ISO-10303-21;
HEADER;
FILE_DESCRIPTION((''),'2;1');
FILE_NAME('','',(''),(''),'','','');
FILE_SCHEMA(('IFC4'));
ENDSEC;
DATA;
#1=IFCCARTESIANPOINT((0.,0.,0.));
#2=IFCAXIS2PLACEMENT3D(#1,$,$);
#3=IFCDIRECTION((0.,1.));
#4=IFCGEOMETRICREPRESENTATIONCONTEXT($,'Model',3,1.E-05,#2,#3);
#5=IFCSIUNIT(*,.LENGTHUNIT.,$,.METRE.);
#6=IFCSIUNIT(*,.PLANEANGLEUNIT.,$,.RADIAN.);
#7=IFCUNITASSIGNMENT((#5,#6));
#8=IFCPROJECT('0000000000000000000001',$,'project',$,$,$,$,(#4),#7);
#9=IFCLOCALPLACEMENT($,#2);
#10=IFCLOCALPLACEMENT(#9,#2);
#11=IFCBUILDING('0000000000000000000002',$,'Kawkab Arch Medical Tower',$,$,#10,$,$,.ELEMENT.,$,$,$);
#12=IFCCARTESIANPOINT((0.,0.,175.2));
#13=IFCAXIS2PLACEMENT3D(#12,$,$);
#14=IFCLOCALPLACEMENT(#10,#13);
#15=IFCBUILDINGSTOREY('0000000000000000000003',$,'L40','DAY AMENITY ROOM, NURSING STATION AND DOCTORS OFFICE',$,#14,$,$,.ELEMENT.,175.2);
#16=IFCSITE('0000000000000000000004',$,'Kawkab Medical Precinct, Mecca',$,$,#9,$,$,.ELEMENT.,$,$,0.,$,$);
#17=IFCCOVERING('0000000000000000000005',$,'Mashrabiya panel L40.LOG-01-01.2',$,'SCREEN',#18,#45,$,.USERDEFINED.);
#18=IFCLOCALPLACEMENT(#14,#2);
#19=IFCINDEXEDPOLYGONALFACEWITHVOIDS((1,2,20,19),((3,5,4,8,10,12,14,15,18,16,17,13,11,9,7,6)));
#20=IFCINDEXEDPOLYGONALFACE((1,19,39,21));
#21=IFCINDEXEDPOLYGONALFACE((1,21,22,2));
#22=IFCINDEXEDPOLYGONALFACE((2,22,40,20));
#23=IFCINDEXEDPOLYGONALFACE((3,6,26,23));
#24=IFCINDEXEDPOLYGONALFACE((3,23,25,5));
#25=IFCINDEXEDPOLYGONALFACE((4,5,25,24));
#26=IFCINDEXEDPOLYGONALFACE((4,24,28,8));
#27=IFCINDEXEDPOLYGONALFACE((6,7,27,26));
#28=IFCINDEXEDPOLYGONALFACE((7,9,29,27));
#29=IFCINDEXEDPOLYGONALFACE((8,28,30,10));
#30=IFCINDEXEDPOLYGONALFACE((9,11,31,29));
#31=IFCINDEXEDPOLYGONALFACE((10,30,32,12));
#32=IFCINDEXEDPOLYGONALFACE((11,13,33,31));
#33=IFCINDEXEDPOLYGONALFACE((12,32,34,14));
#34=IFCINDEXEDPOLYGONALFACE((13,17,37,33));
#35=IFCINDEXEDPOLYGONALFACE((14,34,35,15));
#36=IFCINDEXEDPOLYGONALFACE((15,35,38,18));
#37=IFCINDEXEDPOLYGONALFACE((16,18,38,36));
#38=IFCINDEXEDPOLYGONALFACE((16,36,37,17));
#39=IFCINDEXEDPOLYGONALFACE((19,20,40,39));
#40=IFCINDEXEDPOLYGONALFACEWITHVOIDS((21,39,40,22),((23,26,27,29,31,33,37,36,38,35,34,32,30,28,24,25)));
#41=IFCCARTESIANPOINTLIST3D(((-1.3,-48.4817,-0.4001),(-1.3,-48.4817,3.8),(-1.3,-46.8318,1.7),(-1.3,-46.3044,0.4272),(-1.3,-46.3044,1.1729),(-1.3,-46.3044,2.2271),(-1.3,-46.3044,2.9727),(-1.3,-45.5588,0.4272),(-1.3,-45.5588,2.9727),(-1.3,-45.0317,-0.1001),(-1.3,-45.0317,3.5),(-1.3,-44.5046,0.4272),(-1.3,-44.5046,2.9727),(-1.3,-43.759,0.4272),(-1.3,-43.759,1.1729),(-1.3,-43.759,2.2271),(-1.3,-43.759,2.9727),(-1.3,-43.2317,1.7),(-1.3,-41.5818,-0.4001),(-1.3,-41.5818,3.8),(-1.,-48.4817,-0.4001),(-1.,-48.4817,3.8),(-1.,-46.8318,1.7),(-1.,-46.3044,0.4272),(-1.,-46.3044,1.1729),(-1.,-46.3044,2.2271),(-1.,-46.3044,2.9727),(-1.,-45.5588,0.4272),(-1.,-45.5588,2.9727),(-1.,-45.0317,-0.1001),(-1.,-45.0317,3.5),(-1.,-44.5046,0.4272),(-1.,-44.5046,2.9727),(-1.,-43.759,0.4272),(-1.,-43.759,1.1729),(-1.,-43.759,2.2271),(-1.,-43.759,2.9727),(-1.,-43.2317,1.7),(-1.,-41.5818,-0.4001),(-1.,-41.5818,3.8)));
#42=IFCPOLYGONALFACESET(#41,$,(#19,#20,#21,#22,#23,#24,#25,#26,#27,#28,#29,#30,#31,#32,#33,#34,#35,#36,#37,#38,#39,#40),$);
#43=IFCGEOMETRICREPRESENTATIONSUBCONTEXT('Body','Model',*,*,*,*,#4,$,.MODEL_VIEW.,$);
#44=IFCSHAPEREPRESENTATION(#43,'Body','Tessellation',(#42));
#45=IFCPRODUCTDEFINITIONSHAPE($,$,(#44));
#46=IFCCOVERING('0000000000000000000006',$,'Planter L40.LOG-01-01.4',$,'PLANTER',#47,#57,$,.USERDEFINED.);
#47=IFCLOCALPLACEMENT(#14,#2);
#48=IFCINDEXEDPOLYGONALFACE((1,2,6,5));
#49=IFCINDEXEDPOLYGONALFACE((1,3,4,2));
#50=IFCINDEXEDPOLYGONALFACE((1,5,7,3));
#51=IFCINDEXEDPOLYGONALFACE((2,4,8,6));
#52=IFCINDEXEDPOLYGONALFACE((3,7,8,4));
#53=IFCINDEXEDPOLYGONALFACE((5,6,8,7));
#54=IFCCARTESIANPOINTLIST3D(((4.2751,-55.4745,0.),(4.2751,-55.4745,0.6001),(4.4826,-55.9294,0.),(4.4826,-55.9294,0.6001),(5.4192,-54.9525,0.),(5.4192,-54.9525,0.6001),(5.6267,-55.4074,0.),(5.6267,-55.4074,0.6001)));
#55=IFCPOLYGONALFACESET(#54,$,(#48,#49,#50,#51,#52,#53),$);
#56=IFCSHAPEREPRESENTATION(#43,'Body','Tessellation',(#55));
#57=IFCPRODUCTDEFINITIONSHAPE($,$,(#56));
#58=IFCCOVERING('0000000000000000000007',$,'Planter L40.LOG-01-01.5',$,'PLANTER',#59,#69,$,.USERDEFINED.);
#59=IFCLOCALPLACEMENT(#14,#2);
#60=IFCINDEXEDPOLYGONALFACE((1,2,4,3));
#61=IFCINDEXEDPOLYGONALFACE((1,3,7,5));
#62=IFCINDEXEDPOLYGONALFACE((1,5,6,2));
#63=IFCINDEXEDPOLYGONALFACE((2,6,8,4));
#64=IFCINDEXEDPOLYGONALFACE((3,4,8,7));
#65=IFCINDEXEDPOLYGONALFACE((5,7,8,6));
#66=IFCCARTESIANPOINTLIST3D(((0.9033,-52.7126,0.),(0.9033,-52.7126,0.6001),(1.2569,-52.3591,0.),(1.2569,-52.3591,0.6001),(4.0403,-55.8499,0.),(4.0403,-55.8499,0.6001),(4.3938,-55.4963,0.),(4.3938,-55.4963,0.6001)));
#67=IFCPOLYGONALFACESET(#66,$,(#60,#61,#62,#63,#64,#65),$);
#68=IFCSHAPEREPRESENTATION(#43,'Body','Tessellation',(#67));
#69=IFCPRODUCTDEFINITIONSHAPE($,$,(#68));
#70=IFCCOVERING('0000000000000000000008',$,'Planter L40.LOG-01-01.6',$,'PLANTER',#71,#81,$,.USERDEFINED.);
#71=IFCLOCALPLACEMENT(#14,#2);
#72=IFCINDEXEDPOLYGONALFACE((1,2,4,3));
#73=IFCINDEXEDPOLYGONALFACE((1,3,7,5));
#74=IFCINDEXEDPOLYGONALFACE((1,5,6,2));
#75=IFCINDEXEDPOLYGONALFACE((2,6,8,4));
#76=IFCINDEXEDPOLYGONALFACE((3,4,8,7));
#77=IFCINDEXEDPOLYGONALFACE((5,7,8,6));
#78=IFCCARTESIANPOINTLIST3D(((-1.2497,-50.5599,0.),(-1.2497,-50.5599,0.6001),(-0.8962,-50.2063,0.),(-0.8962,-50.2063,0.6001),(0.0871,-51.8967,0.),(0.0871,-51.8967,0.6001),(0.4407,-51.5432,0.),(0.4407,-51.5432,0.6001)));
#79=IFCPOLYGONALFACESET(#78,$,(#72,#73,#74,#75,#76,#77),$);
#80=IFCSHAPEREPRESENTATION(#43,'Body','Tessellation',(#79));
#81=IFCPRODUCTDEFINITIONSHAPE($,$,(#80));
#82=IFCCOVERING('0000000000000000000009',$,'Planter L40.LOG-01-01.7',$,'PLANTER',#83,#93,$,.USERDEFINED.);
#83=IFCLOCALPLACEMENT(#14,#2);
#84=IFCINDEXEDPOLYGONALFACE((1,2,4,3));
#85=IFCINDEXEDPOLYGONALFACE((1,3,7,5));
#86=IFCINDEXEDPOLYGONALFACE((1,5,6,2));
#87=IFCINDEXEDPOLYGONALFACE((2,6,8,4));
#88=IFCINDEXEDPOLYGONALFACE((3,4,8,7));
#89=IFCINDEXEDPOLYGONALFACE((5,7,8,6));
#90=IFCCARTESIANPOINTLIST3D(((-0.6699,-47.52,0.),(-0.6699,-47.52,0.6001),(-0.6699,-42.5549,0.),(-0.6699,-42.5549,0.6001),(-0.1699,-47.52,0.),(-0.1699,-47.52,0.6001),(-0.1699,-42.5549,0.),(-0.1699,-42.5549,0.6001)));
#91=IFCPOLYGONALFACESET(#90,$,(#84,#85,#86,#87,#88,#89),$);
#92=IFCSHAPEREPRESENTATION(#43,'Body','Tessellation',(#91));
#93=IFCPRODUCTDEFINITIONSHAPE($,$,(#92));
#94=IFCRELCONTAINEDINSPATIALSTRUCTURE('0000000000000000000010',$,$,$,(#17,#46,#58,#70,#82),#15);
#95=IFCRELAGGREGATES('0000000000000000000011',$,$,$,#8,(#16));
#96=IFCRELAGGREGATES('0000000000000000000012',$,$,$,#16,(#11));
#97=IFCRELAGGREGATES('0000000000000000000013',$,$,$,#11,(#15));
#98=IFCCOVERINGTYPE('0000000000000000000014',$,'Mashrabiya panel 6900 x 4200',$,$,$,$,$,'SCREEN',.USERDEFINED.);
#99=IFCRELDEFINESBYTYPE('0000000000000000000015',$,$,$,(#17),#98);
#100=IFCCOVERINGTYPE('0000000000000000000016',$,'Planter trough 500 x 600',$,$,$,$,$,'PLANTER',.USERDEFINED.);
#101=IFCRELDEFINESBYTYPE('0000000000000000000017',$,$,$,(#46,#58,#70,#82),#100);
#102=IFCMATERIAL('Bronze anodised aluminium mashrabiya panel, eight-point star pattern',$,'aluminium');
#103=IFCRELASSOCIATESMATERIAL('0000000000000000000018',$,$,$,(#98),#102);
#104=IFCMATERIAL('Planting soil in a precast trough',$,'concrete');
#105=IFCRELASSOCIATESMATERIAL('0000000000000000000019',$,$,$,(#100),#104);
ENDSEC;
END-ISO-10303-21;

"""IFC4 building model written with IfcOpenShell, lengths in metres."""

from ifc_helpers import new_model, si_unit, direction, frame, origin, origin_2d, place, context, subcontext, project, spatial, polyline, rectangle, outline, extrude, material, material_profile, profile_set, type_object, element, save


model = new_model("IFC4")

# Units and contexts
model_context = context("Model", 3, precision=1e-05, world=origin(), true_north=direction((0.0, 1.0)))
body_context = subcontext(model_context, "Body", "Model", "MODEL_VIEW")
ifc_project = project(units=[si_unit("LENGTHUNIT", "METRE"), si_unit("PLANEANGLEUNIT", "RADIAN")], contexts=[model_context])

# Site, building, storey
site_placement = place(None, origin())
site = spatial("IfcSite", under=ifc_project, at=site_placement, Name="Kawkab Medical Precinct, Mecca", CompositionType="ELEMENT", RefElevation=0.0)
building_placement = place(site_placement, origin())
building = spatial("IfcBuilding", under=site, at=building_placement, Name="Kawkab Arch Medical Tower", CompositionType="ELEMENT")
storey_placement = place(building_placement, frame((0.0, 0.0, 175.2)))
storey = spatial("IfcBuildingStorey", under=building, at=storey_placement, Name="L40", Description="DAY AMENITY ROOM, NURSING STATION AND DOCTORS OFFICE", CompositionType="ELEMENT", Elevation=175.2)

# Coverings
ifc_material_1 = material(Name="Bronze anodised aluminium mashrabiya panel, eight-point star pattern", Category="aluminium")
ifc_material_profile_1 = material_profile(ifc_material_1, outline(polyline([(-3.45, -2.1001), (3.45, -2.1001), (3.45, 2.1001), (-3.45, 2.1001), (-3.45, -2.1001)]), holes=[polyline([(1.8, 0.0), (1.2727, 0.5271), (1.2727, 1.2727), (0.5271, 1.2727), (0.0, 1.8), (-0.5271, 1.2727), (-1.2727, 1.2727), (-1.2727, 0.5271), (-1.8, 0.0), (-1.2727, -0.5271), (-1.2727, -1.2727), (-0.5271, -1.2727), (0.0, -1.8), (0.5271, -1.2727), (1.2727, -1.2727), (1.2727, -0.5271), (1.8, 0.0)])]), Name="Mashrabiya panel 6900x4200")
ifc_profile_set_1 = profile_set([ifc_material_profile_1], Name="Bronze anodised aluminium mashrabiya panel, eight-point star pattern")
covering_type_1 = type_object("IfcCoveringType", Name="Mashrabiya panel 6900 x 4200", ElementType="SCREEN", PredefinedType="USERDEFINED", material=ifc_profile_set_1)
covering_1_placement = place(storey_placement, frame((-1.0, -45.0317, 1.7), z_axis=(-1.0, 0.0, 0.0), x_axis=(0.0, -1.0, 0.0)))
element("IfcCovering", 1, at=covering_1_placement, inside=storey, type_object=covering_type_1, Name="Mashrabiya panel L40.LOG-01-01.2", ObjectType="SCREEN", PredefinedType="USERDEFINED", context=body_context, shape_type="SweptSolid", body=[
    extrude(outline(polyline([(-3.45, -2.1001), (3.45, -2.1001), (3.45, 2.1001), (-3.45, 2.1001), (-3.45, -2.1001)]), holes=[polyline([(1.8, 0.0), (1.2727, 0.5271), (1.2727, 1.2727), (0.5271, 1.2727), (0.0, 1.8), (-0.5271, 1.2727), (-1.2727, 1.2727), (-1.2727, 0.5271), (-1.8, 0.0), (-1.2727, -0.5271), (-1.2727, -1.2727), (-0.5271, -1.2727), (0.0, -1.8), (0.5271, -1.2727), (1.2727, -1.2727), (1.2727, -0.5271), (1.8, 0.0)])]), origin(), (0.0, 0.0, 1.0), 0.3),
])
ifc_material_2 = material(Name="Planting soil in a precast trough", Category="concrete")
ifc_material_profile_2 = material_profile(ifc_material_2, rectangle(XDim=0.5, YDim=0.6001, at=origin_2d()), Name="Trough 500x600")
ifc_profile_set_2 = profile_set([ifc_material_profile_2], Name="Planting soil in a precast trough")
covering_type_2 = type_object("IfcCoveringType", Name="Planter trough 500 x 600", ElementType="PLANTER", PredefinedType="USERDEFINED", material=ifc_profile_set_2)
covering_2_placement = place(storey_placement, frame((5.5229, -55.1799, 0.3), z_axis=(-0.90978, -0.41509, 0.0), x_axis=(0.41509, -0.90978, 0.0)))
element("IfcCovering", 2, at=covering_2_placement, inside=storey, type_object=covering_type_2, Name="Planter L40.LOG-01-01.4", ObjectType="PLANTER", PredefinedType="USERDEFINED", context=body_context, shape_type="SweptSolid", body=[
    extrude(rectangle(XDim=0.5, YDim=0.6001, at=origin_2d()), origin(), (0.0, 0.0, 1.0), 1.2576),
])
covering_3_placement = place(storey_placement, frame((4.217, -55.6731, 0.3), z_axis=(-0.707079, 0.707134, 0.0), x_axis=(-0.707134, -0.707079, 0.0)))
element("IfcCovering", 3, at=covering_3_placement, inside=storey, type_object=covering_type_2, Name="Planter L40.LOG-01-01.5", ObjectType="PLANTER", PredefinedType="USERDEFINED", context=body_context, shape_type="SweptSolid", body=[
    extrude(rectangle(XDim=0.5, YDim=0.6001, at=origin_2d()), origin(), (0.0, 0.0, 1.0), 4.4365),
])
covering_4_placement = place(storey_placement, frame((0.2639, -51.72, 0.3), z_axis=(-0.707107, 0.707107, 0.0), x_axis=(-0.707107, -0.707107, 0.0)))
element("IfcCovering", 4, at=covering_4_placement, inside=storey, type_object=covering_type_2, Name="Planter L40.LOG-01-01.6", ObjectType="PLANTER", PredefinedType="USERDEFINED", context=body_context, shape_type="SweptSolid", body=[
    extrude(rectangle(XDim=0.5, YDim=0.6001, at=origin_2d()), origin(), (0.0, 0.0, 1.0), 1.8906),
])
covering_5_placement = place(storey_placement, frame((-0.4199, -47.52, 0.3), z_axis=(0.0, 1.0, 0.0), x_axis=(-1.0, 0.0, 0.0)))
element("IfcCovering", 5, at=covering_5_placement, inside=storey, type_object=covering_type_2, Name="Planter L40.LOG-01-01.7", ObjectType="PLANTER", PredefinedType="USERDEFINED", context=body_context, shape_type="SweptSolid", body=[
    extrude(rectangle(XDim=0.5, YDim=0.6001, at=origin_2d()), origin(), (0.0, 0.0, 1.0), 4.9651),
])

save(model, "model.ifc")
